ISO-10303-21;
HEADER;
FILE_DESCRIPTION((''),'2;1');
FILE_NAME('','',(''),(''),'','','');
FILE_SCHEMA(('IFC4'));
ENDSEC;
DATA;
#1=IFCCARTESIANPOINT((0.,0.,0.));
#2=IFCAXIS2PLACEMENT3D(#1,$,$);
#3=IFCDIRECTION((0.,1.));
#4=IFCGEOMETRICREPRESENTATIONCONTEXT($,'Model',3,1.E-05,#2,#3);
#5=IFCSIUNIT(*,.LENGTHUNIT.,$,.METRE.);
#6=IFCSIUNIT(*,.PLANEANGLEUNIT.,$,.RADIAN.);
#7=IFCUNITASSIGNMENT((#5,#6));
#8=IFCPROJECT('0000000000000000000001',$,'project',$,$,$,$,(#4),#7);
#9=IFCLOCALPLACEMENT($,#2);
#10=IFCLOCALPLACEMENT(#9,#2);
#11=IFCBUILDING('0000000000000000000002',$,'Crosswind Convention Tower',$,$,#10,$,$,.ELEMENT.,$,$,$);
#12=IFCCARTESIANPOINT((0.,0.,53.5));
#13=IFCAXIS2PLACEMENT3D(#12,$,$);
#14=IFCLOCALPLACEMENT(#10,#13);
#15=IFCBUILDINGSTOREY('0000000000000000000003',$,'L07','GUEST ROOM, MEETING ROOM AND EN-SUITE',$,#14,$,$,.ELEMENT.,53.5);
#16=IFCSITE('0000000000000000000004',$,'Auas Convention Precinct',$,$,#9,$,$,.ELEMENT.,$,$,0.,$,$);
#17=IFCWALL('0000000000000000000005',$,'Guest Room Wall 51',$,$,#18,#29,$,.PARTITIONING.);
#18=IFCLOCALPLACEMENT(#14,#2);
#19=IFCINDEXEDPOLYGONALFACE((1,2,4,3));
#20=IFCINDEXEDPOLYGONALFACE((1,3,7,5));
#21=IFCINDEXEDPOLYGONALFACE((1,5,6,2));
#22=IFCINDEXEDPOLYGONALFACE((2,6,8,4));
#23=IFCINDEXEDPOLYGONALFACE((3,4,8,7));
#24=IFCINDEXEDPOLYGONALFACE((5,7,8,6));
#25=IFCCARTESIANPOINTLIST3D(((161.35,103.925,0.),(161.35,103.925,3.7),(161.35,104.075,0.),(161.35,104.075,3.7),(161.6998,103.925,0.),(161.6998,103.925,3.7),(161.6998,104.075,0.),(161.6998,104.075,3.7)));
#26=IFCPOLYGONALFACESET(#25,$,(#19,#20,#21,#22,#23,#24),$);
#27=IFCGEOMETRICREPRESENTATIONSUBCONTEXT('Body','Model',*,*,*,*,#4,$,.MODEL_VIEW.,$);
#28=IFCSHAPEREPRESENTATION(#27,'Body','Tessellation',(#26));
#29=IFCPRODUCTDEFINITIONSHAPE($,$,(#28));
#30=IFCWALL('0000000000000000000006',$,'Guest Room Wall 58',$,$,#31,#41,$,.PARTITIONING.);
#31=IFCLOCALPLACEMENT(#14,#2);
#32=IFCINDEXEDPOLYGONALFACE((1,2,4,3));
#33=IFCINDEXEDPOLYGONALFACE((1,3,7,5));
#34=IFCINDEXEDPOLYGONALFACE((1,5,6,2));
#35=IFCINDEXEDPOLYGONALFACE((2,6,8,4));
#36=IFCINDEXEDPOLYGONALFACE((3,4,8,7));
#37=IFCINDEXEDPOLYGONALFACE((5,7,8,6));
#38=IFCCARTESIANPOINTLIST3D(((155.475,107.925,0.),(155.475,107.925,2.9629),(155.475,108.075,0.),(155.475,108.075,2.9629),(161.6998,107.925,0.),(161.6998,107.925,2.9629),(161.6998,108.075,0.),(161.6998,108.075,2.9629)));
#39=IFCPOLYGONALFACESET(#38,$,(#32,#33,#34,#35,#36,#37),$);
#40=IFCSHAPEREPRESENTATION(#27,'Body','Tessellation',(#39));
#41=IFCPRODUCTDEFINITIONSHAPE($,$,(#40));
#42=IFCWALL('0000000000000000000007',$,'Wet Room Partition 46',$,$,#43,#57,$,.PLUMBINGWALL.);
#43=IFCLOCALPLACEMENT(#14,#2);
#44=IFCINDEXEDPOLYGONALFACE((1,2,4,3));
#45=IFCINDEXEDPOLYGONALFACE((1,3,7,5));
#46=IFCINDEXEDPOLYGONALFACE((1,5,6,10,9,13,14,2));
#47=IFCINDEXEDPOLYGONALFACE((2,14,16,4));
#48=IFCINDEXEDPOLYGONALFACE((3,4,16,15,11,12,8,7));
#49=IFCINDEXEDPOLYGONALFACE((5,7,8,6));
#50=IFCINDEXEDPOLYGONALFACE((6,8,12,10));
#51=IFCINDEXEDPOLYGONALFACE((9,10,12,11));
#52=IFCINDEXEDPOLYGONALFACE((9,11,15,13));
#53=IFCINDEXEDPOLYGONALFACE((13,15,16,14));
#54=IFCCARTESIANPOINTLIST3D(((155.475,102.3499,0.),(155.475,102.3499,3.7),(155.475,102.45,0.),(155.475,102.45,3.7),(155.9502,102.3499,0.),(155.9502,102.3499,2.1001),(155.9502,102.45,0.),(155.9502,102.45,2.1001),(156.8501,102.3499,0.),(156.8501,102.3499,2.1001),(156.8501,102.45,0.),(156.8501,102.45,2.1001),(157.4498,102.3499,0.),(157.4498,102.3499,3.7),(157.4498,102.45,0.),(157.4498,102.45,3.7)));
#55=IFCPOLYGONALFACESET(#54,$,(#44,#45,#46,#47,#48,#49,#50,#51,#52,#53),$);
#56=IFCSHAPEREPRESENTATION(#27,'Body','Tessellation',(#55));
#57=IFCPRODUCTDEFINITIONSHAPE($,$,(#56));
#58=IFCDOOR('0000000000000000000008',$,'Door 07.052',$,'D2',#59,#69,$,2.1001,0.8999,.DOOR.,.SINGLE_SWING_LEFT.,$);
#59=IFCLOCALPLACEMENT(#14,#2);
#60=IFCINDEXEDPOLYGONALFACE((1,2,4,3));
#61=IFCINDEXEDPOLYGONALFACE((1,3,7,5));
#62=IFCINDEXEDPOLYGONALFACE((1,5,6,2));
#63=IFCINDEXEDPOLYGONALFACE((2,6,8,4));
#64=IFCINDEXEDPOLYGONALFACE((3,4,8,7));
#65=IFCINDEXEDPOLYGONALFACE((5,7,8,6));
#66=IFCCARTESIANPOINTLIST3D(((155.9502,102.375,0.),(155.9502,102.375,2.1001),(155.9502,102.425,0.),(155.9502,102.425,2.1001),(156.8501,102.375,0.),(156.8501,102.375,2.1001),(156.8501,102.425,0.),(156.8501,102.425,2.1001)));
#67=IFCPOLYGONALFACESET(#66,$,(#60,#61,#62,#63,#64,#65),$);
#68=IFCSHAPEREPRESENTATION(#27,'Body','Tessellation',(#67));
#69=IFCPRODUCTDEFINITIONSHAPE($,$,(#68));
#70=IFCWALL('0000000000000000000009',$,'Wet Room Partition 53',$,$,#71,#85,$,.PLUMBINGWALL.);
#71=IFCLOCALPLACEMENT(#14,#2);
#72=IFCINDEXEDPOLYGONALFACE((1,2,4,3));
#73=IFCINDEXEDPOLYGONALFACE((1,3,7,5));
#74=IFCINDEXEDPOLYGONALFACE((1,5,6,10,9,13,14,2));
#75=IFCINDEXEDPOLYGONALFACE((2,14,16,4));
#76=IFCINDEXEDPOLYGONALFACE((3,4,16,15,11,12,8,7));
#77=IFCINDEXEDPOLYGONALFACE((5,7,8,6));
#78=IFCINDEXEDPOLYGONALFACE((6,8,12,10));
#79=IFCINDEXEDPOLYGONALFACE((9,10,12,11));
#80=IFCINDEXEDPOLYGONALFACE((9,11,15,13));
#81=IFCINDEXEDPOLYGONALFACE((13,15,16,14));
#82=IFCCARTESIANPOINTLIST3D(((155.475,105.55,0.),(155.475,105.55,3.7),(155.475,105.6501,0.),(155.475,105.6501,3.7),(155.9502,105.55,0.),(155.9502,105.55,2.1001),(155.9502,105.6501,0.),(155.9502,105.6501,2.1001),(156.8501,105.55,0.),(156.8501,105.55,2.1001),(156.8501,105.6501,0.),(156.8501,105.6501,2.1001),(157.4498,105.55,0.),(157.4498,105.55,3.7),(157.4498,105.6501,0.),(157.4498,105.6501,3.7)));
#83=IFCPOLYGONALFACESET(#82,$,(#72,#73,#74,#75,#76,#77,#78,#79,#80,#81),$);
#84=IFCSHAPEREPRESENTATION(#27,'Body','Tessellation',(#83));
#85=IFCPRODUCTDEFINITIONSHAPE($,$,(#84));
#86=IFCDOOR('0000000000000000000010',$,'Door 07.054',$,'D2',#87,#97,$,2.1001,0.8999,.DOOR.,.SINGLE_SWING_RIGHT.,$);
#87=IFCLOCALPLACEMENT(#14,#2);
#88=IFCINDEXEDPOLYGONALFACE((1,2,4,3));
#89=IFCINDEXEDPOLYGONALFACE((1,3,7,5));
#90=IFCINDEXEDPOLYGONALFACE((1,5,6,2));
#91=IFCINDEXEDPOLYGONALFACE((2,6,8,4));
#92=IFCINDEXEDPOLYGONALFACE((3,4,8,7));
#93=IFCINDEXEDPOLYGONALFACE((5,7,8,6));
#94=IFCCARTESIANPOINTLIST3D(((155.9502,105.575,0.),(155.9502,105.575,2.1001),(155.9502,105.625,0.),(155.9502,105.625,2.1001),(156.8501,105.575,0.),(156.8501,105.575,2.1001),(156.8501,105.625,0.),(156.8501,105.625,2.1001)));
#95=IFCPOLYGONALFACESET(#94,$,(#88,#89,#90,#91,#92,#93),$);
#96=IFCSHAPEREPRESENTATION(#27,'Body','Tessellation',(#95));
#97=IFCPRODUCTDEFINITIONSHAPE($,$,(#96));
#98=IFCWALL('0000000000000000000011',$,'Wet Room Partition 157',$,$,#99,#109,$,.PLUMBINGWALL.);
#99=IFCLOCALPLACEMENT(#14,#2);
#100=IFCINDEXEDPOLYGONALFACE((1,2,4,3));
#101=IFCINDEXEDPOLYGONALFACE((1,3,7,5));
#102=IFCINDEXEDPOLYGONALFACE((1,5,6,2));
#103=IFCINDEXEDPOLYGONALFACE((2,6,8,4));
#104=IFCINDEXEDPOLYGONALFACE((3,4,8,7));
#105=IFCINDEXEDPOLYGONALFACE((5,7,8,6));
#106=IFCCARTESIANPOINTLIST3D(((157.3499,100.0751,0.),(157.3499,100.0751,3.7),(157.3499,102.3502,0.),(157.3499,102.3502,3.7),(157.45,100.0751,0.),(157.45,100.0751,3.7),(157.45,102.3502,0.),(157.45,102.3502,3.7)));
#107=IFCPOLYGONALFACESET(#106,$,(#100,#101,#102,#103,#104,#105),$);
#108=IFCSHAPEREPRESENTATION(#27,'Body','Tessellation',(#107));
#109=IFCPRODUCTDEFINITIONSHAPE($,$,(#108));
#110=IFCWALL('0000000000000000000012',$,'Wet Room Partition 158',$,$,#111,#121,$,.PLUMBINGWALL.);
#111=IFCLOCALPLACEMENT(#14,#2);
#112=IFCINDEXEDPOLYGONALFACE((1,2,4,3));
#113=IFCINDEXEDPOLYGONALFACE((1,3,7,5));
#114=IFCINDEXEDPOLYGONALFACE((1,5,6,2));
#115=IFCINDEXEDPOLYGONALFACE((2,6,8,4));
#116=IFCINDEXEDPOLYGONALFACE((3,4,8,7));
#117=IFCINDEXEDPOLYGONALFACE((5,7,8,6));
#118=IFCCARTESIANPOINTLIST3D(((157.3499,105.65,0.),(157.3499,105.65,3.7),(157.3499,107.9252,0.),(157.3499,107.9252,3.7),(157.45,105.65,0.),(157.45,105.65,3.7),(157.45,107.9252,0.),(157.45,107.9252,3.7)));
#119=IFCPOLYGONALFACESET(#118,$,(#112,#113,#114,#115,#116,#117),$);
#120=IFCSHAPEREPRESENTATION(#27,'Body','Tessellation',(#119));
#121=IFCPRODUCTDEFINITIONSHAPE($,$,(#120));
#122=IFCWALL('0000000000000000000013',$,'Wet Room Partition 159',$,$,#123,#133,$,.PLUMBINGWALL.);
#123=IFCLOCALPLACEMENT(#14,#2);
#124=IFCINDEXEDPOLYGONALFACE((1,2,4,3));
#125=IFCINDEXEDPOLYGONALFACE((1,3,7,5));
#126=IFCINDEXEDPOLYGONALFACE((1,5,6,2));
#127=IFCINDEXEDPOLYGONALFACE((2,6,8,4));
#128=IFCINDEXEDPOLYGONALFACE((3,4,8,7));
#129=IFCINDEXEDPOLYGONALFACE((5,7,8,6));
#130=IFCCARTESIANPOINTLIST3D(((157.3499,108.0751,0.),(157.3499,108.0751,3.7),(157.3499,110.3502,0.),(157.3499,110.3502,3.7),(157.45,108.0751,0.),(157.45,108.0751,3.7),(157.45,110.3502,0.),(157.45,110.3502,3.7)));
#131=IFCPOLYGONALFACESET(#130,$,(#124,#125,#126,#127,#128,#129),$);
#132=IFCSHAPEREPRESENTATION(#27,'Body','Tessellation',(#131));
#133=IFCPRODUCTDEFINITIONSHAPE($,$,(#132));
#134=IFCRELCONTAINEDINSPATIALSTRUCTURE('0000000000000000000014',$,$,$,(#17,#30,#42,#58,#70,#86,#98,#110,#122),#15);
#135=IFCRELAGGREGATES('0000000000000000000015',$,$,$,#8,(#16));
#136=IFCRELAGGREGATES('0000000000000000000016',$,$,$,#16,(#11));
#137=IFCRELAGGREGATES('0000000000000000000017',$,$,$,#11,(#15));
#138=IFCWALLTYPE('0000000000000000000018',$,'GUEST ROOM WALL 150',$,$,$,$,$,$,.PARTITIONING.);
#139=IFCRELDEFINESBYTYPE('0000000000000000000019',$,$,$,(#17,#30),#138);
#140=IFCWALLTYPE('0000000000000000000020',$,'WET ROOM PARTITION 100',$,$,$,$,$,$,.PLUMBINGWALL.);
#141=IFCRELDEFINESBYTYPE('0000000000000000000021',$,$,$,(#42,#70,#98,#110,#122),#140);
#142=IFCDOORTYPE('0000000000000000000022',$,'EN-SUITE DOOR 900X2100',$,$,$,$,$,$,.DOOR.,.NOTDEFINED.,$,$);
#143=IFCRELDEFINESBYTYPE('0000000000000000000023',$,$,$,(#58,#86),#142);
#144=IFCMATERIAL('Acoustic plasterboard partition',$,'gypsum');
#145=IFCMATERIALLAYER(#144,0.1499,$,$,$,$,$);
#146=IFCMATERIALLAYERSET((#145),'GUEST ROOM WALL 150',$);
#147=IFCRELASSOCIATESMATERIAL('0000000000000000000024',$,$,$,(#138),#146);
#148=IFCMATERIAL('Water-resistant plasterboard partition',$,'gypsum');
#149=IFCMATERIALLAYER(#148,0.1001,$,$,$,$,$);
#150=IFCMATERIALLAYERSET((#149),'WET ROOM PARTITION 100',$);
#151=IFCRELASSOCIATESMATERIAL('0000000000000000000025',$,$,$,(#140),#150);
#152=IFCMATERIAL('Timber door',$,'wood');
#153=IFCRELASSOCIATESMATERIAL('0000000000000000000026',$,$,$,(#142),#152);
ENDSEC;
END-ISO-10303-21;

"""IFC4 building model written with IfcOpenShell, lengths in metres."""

from ifc_helpers import new_model, si_unit, direction, frame, frame_2d, origin, place, context, subcontext, project, spatial, rectangle, extrude, material, layer, layer_set, type_object, element, fill, save


model = new_model("IFC4")

# Units and contexts
model_context = context("Model", 3, precision=1e-05, world=origin(), true_north=direction((0.0, 1.0)))
body_context = subcontext(model_context, "Body", "Model", "MODEL_VIEW")
ifc_project = project(units=[si_unit("LENGTHUNIT", "METRE"), si_unit("PLANEANGLEUNIT", "RADIAN")], contexts=[model_context])

# Site, building, storey
site_placement = place(None, origin())
site = spatial("IfcSite", under=ifc_project, at=site_placement, Name="Auas Convention Precinct", CompositionType="ELEMENT", RefElevation=0.0)
building_placement = place(site_placement, origin())
building = spatial("IfcBuilding", under=site, at=building_placement, Name="Crosswind Convention Tower", CompositionType="ELEMENT")
storey_placement = place(building_placement, frame((0.0, 0.0, 53.5)))
storey = spatial("IfcBuildingStorey", under=building, at=storey_placement, Name="L07", Description="GUEST ROOM, MEETING ROOM AND EN-SUITE", CompositionType="ELEMENT", Elevation=53.5)

# Walls
ifc_material_1 = material(Name="Acoustic plasterboard partition", Category="gypsum")
ifc_layer_1 = layer(ifc_material_1, 0.1499)
ifc_layer_set_1 = layer_set([ifc_layer_1], Name="GUEST ROOM WALL 150")
wall_type_1 = type_object("IfcWallType", Name="GUEST ROOM WALL 150", PredefinedType="PARTITIONING", material=ifc_layer_set_1)
wall_1_placement = place(storey_placement, frame((161.3501, 104.0, 0.0), z_axis=(0.0, 0.0, 1.0), x_axis=(1.0, 0.0, 0.0)))
element("IfcWall", 1, at=wall_1_placement, inside=storey, type_object=wall_type_1, Name="Guest Room Wall 51", PredefinedType="PARTITIONING", context=body_context, shape_type="SweptSolid", body=[
    extrude(rectangle(XDim=0.3499, YDim=0.1499, at=frame_2d((0.1748, 0.0))), origin(), (0.0, 0.0, 1.0), 3.7),
])
wall_2_placement = place(storey_placement, frame((155.4751, 108.0, 0.0), z_axis=(0.0, 0.0, 1.0), x_axis=(1.0, 0.0, 0.0)))
element("IfcWall", 2, at=wall_2_placement, inside=storey, type_object=wall_type_1, Name="Guest Room Wall 58", PredefinedType="PARTITIONING", context=body_context, shape_type="SweptSolid", body=[
    extrude(rectangle(XDim=6.2249, YDim=0.1499, at=frame_2d((3.1123, 0.0))), origin(), (0.0, 0.0, 1.0), 2.9629),
])

# Walls, openings, doors
ifc_material_2 = material(Name="Water-resistant plasterboard partition", Category="gypsum")
ifc_layer_2 = layer(ifc_material_2, 0.1001)
ifc_layer_set_2 = layer_set([ifc_layer_2], Name="WET ROOM PARTITION 100")
wall_type_2 = type_object("IfcWallType", Name="WET ROOM PARTITION 100", PredefinedType="PLUMBINGWALL", material=ifc_layer_set_2)
wall_3_placement = place(storey_placement, frame((155.4751, 102.3999, 0.0), z_axis=(0.0, 0.0, 1.0), x_axis=(1.0, 0.0, 0.0)))
wall_3 = element("IfcWall", 3, at=wall_3_placement, inside=storey, type_object=wall_type_2, Name="Wet Room Partition 46", PredefinedType="PLUMBINGWALL", context=body_context, shape_type="SweptSolid", body=[
    extrude(rectangle(XDim=1.9749, YDim=0.1001, at=frame_2d((0.9873, 0.0))), origin(), (0.0, 0.0, 1.0), 3.7),
])
opening_1_placement = place(wall_3_placement, frame((0.4751, 0.0, 0.0)))
opening_1 = element("IfcOpeningElement", 4, at=opening_1_placement, cuts=wall_3, PredefinedType="OPENING", context=body_context, shape_type="SweptSolid", body=[
    extrude(rectangle(XDim=0.8999, YDim=2.1001, at=frame_2d((0.45, 1.05))), frame((0.0, 0.0601, 0.0), z_axis=(0.0, -1.0, 0.0), x_axis=(1.0, 0.0, 0.0)), (0.0, 0.0, 1.0), 0.1201),
])
ifc_material_3 = material(Name="Timber door", Category="wood")
door_type = type_object("IfcDoorType", Name="EN-SUITE DOOR 900X2100", OperationType="NOTDEFINED", PredefinedType="DOOR", material=ifc_material_3)
door_1_placement = place(opening_1_placement, frame((0.8999, 0.0, 0.0), z_axis=(0.0, 0.0, 1.0), x_axis=(-1.0, 0.0, 0.0)))
door_1 = element("IfcDoor", 5, at=door_1_placement, inside=storey, type_object=door_type, Name="Door 07.052", ObjectType="D2", OperationType="SINGLE_SWING_LEFT", OverallHeight=2.1001, OverallWidth=0.8999, PredefinedType="DOOR", context=body_context, shape_type="SweptSolid", body=[
    extrude(rectangle(XDim=0.8999, YDim=2.1001, at=frame_2d((0.45, 1.05))), frame((0.0, 0.0249, 0.0), z_axis=(0.0, -1.0, 0.0), x_axis=(1.0, 0.0, 0.0)), (0.0, 0.0, 1.0), 0.05),
])
fill(opening_1, door_1)
wall_4_placement = place(storey_placement, frame((155.4751, 105.6001, 0.0), z_axis=(0.0, 0.0, 1.0), x_axis=(1.0, 0.0, 0.0)))
wall_4 = element("IfcWall", 6, at=wall_4_placement, inside=storey, type_object=wall_type_2, Name="Wet Room Partition 53", PredefinedType="PLUMBINGWALL", context=body_context, shape_type="SweptSolid", body=[
    extrude(rectangle(XDim=1.9749, YDim=0.1001, at=frame_2d((0.9873, 0.0))), origin(), (0.0, 0.0, 1.0), 3.7),
])
opening_2_placement = place(wall_4_placement, frame((0.4751, 0.0, 0.0)))
opening_2 = element("IfcOpeningElement", 7, at=opening_2_placement, cuts=wall_4, PredefinedType="OPENING", context=body_context, shape_type="SweptSolid", body=[
    extrude(rectangle(XDim=0.8999, YDim=2.1001, at=frame_2d((0.45, 1.05))), frame((0.0, 0.0601, 0.0), z_axis=(0.0, -1.0, 0.0), x_axis=(1.0, 0.0, 0.0)), (0.0, 0.0, 1.0), 0.1201),
])
door_2_placement = place(opening_2_placement, origin())
door_2 = element("IfcDoor", 8, at=door_2_placement, inside=storey, type_object=door_type, Name="Door 07.054", ObjectType="D2", OperationType="SINGLE_SWING_RIGHT", OverallHeight=2.1001, OverallWidth=0.8999, PredefinedType="DOOR", context=body_context, shape_type="SweptSolid", body=[
    extrude(rectangle(XDim=0.8999, YDim=2.1001, at=frame_2d((0.45, 1.05))), frame((0.0, 0.0249, 0.0), z_axis=(0.0, -1.0, 0.0), x_axis=(1.0, 0.0, 0.0)), (0.0, 0.0, 1.0), 0.05),
])
fill(opening_2, door_2)

# Walls
for number, where, z_axis, x_axis, name in (
    (9, (157.3999, 100.075, 0.0), (0.0, 0.0, 1.0), (0.0, 1.0, 0.0), "Wet Room Partition 157"),
    (10, (157.3999, 105.6499, 0.0), (0.0, 0.0, 1.0), (0.0, 1.0, 0.0), "Wet Room Partition 158"),
    (11, (157.3999, 108.075, 0.0), (0.0, 0.0, 1.0), (0.0, 1.0, 0.0), "Wet Room Partition 159"),
):
    element("IfcWall", number, at=place(storey_placement, frame(where, z_axis=z_axis, x_axis=x_axis)), inside=storey, type_object=wall_type_2, Name=name, PredefinedType="PLUMBINGWALL", context=body_context, shape_type="SweptSolid", body=[
        extrude(rectangle(XDim=2.2751, YDim=0.1001, at=frame_2d((1.1377, 0.0))), origin(), (0.0, 0.0, 1.0), 3.7),
    ])

save(model, "model.ifc")
